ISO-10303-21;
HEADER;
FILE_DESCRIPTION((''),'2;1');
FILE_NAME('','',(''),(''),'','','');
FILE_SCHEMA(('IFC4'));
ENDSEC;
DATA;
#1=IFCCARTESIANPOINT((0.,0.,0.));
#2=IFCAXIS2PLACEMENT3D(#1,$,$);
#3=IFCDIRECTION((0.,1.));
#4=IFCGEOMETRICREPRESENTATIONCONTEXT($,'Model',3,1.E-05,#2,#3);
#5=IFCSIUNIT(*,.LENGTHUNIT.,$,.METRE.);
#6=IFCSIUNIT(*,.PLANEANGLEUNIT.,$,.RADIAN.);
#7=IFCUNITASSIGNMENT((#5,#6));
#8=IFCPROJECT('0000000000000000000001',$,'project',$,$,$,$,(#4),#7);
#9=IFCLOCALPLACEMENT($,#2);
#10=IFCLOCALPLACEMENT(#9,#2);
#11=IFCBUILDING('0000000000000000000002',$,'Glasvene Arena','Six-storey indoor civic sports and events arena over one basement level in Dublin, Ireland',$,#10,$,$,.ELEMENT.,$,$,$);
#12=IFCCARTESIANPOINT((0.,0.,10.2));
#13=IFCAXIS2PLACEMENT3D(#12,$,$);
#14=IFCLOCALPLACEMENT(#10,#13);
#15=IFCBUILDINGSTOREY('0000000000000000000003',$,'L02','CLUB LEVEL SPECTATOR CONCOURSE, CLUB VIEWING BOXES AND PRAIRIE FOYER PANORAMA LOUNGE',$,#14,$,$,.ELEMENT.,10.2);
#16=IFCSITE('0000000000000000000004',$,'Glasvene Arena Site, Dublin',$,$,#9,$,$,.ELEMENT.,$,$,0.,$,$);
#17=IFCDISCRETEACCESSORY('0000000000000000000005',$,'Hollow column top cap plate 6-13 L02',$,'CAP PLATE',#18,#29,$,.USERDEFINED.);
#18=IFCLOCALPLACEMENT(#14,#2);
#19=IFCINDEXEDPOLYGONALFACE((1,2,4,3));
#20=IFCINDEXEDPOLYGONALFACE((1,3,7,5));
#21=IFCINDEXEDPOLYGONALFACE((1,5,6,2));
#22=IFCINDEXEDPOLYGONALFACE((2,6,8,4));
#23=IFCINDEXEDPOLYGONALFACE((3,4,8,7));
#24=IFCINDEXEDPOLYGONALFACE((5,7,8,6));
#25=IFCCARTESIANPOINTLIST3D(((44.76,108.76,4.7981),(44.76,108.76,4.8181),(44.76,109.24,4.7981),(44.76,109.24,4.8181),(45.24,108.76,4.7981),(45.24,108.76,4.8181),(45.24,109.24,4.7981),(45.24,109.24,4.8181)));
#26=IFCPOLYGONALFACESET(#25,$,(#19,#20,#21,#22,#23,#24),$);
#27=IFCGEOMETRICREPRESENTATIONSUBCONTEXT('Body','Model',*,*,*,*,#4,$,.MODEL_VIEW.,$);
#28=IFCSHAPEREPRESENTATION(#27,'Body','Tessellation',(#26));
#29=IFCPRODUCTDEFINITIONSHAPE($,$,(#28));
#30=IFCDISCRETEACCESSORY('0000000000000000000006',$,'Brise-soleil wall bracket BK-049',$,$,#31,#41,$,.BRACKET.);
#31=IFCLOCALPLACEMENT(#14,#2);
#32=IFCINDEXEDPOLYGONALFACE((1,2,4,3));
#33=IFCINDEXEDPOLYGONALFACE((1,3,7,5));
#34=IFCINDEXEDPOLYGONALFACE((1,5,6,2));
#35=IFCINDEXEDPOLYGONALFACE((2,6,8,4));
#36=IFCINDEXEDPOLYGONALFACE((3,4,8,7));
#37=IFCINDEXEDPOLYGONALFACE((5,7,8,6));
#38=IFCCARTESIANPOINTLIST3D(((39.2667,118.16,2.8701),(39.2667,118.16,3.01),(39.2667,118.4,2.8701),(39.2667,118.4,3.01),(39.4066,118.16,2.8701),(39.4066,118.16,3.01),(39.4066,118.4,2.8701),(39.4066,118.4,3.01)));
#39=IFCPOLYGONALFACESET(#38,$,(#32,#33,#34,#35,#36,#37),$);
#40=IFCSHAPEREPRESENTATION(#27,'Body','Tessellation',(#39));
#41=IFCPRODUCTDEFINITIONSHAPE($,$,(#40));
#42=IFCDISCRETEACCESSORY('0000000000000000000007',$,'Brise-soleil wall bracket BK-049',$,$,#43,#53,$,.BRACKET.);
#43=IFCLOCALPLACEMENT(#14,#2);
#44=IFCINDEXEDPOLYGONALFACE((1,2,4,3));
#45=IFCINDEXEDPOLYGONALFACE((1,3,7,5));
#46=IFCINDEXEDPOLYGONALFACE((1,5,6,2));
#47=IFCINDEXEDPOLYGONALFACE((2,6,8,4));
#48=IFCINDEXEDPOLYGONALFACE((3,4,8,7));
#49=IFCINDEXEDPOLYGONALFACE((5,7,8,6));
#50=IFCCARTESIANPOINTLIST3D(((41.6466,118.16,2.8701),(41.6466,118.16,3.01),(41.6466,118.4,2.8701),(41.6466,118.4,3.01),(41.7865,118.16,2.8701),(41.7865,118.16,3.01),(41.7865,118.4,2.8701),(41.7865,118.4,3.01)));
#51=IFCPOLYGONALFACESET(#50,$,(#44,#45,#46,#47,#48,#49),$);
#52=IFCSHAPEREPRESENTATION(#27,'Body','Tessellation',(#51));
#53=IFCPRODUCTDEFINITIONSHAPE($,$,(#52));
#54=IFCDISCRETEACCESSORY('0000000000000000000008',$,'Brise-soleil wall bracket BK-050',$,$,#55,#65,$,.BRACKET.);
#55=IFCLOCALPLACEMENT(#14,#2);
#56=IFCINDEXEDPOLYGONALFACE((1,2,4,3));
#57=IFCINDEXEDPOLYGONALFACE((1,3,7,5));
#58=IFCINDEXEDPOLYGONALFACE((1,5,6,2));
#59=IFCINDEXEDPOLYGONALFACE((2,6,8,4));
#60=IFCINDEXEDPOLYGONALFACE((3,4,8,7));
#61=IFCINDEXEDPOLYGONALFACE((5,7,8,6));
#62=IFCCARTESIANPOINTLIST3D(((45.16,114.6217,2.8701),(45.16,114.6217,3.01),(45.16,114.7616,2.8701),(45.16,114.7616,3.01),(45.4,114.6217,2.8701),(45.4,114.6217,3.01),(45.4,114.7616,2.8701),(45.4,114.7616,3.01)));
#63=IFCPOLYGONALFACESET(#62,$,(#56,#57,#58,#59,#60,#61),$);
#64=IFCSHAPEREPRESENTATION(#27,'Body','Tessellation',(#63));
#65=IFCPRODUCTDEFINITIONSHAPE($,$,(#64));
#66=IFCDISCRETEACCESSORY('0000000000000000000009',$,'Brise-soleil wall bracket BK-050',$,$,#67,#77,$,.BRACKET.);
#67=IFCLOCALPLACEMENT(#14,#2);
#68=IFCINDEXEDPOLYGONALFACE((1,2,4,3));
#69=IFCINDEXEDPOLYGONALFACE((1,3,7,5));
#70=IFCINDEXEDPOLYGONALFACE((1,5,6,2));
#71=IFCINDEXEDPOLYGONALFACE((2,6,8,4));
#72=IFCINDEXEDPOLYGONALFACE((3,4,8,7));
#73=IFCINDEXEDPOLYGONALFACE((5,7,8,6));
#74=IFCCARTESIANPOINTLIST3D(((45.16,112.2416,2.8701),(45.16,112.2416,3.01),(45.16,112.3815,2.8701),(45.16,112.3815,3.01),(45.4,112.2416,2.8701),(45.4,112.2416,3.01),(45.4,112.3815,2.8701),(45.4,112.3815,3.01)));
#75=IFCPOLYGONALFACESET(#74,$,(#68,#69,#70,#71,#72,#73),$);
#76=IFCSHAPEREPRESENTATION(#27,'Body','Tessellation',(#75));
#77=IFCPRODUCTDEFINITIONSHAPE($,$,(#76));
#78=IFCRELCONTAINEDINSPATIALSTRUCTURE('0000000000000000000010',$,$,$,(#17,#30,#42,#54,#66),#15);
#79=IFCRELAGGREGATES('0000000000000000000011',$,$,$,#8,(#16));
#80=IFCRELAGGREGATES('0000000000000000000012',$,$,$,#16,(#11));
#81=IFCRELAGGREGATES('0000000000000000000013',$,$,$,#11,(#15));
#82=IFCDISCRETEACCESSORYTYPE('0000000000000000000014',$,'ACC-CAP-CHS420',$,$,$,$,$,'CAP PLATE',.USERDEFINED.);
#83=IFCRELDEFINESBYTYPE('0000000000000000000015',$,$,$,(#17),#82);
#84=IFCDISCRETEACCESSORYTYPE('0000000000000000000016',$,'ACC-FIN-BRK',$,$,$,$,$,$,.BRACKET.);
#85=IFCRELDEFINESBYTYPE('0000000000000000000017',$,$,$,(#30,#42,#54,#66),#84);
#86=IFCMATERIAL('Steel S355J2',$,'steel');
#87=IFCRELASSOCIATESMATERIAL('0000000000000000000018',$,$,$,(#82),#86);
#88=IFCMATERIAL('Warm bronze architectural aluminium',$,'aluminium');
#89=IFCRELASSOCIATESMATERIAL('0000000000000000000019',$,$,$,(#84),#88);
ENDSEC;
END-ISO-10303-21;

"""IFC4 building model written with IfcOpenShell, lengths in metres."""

from ifc_helpers import new_model, si_unit, direction, frame, origin, origin_2d, place, context, subcontext, project, spatial, rectangle, extrude, material, type_object, element, save


model = new_model("IFC4")

# Units and contexts
model_context = context("Model", 3, precision=1e-05, world=origin(), true_north=direction((0.0, 1.0)))
body_context = subcontext(model_context, "Body", "Model", "MODEL_VIEW")
ifc_project = project(units=[si_unit("LENGTHUNIT", "METRE"), si_unit("PLANEANGLEUNIT", "RADIAN")], contexts=[model_context])

# Site, building, storey
site_placement = place(None, origin())
site = spatial("IfcSite", under=ifc_project, at=site_placement, Name="Glasvene Arena Site, Dublin", CompositionType="ELEMENT", RefElevation=0.0)
building_placement = place(site_placement, origin())
building = spatial("IfcBuilding", under=site, at=building_placement, Name="Glasvene Arena", Description="Six-storey indoor civic sports and events arena over one basement level in Dublin, Ireland", CompositionType="ELEMENT")
storey_placement = place(building_placement, frame((0.0, 0.0, 10.2)))
storey = spatial("IfcBuildingStorey", under=building, at=storey_placement, Name="L02", Description="CLUB LEVEL SPECTATOR CONCOURSE, CLUB VIEWING BOXES AND PRAIRIE FOYER PANORAMA LOUNGE", CompositionType="ELEMENT", Elevation=10.2)

# Shared definitions
ifc_material_1 = material(Name="Steel S355J2", Category="steel")

# Shared definitions
ifc_material_2 = material(Name="Warm bronze architectural aluminium", Category="aluminium")

# Discrete accessories
discrete_accessory_type_1 = type_object("IfcDiscreteAccessoryType", Name="ACC-CAP-CHS420", ElementType="CAP PLATE", PredefinedType="USERDEFINED", material=ifc_material_1)
for number, where, z_axis, x_axis, name in (
    (1, (45.0, 109.0, 4.7981), (0.0, 0.0, 1.0), (1.0, 0.0, 0.0), "Hollow column top cap plate 6-13 L02"),
):
    element("IfcDiscreteAccessory", number, at=place(storey_placement, frame(where, z_axis=z_axis, x_axis=x_axis)), inside=storey, type_object=discrete_accessory_type_1, Name=name, ObjectType="CAP PLATE", PredefinedType="USERDEFINED", context=body_context, shape_type="SweptSolid", body=[
        extrude(rectangle(XDim=0.48, YDim=0.48, at=origin_2d()), origin(), (0.0, 0.0, 1.0), 0.02),
    ])
discrete_accessory_type_2 = type_object("IfcDiscreteAccessoryType", Name="ACC-FIN-BRK", PredefinedType="BRACKET", material=ifc_material_2)
for number, where, z_axis, x_axis, name in (
    (2, (39.3367, 118.28, 2.8701), (0.0, 0.0, 1.0), (1.0, 0.0, 0.0), "Brise-soleil wall bracket BK-049"),
    (3, (41.7166, 118.28, 2.8701), (0.0, 0.0, 1.0), (1.0, 0.0, 0.0), "Brise-soleil wall bracket BK-049"),
    (4, (45.28, 114.6917, 2.8701), (0.0, 0.0, 1.0), (0.0, -1.0, 0.0), "Brise-soleil wall bracket BK-050"),
    (5, (45.28, 112.3115, 2.8701), (0.0, 0.0, 1.0), (0.0, -1.0, 0.0), "Brise-soleil wall bracket BK-050"),
):
    element("IfcDiscreteAccessory", number, at=place(storey_placement, frame(where, z_axis=z_axis, x_axis=x_axis)), inside=storey, type_object=discrete_accessory_type_2, Name=name, PredefinedType="BRACKET", context=body_context, shape_type="SweptSolid", body=[
        extrude(rectangle(XDim=0.1399, YDim=0.24, at=origin_2d()), origin(), (0.0, 0.0, 1.0), 0.1399),
    ])

save(model, "model.ifc")
